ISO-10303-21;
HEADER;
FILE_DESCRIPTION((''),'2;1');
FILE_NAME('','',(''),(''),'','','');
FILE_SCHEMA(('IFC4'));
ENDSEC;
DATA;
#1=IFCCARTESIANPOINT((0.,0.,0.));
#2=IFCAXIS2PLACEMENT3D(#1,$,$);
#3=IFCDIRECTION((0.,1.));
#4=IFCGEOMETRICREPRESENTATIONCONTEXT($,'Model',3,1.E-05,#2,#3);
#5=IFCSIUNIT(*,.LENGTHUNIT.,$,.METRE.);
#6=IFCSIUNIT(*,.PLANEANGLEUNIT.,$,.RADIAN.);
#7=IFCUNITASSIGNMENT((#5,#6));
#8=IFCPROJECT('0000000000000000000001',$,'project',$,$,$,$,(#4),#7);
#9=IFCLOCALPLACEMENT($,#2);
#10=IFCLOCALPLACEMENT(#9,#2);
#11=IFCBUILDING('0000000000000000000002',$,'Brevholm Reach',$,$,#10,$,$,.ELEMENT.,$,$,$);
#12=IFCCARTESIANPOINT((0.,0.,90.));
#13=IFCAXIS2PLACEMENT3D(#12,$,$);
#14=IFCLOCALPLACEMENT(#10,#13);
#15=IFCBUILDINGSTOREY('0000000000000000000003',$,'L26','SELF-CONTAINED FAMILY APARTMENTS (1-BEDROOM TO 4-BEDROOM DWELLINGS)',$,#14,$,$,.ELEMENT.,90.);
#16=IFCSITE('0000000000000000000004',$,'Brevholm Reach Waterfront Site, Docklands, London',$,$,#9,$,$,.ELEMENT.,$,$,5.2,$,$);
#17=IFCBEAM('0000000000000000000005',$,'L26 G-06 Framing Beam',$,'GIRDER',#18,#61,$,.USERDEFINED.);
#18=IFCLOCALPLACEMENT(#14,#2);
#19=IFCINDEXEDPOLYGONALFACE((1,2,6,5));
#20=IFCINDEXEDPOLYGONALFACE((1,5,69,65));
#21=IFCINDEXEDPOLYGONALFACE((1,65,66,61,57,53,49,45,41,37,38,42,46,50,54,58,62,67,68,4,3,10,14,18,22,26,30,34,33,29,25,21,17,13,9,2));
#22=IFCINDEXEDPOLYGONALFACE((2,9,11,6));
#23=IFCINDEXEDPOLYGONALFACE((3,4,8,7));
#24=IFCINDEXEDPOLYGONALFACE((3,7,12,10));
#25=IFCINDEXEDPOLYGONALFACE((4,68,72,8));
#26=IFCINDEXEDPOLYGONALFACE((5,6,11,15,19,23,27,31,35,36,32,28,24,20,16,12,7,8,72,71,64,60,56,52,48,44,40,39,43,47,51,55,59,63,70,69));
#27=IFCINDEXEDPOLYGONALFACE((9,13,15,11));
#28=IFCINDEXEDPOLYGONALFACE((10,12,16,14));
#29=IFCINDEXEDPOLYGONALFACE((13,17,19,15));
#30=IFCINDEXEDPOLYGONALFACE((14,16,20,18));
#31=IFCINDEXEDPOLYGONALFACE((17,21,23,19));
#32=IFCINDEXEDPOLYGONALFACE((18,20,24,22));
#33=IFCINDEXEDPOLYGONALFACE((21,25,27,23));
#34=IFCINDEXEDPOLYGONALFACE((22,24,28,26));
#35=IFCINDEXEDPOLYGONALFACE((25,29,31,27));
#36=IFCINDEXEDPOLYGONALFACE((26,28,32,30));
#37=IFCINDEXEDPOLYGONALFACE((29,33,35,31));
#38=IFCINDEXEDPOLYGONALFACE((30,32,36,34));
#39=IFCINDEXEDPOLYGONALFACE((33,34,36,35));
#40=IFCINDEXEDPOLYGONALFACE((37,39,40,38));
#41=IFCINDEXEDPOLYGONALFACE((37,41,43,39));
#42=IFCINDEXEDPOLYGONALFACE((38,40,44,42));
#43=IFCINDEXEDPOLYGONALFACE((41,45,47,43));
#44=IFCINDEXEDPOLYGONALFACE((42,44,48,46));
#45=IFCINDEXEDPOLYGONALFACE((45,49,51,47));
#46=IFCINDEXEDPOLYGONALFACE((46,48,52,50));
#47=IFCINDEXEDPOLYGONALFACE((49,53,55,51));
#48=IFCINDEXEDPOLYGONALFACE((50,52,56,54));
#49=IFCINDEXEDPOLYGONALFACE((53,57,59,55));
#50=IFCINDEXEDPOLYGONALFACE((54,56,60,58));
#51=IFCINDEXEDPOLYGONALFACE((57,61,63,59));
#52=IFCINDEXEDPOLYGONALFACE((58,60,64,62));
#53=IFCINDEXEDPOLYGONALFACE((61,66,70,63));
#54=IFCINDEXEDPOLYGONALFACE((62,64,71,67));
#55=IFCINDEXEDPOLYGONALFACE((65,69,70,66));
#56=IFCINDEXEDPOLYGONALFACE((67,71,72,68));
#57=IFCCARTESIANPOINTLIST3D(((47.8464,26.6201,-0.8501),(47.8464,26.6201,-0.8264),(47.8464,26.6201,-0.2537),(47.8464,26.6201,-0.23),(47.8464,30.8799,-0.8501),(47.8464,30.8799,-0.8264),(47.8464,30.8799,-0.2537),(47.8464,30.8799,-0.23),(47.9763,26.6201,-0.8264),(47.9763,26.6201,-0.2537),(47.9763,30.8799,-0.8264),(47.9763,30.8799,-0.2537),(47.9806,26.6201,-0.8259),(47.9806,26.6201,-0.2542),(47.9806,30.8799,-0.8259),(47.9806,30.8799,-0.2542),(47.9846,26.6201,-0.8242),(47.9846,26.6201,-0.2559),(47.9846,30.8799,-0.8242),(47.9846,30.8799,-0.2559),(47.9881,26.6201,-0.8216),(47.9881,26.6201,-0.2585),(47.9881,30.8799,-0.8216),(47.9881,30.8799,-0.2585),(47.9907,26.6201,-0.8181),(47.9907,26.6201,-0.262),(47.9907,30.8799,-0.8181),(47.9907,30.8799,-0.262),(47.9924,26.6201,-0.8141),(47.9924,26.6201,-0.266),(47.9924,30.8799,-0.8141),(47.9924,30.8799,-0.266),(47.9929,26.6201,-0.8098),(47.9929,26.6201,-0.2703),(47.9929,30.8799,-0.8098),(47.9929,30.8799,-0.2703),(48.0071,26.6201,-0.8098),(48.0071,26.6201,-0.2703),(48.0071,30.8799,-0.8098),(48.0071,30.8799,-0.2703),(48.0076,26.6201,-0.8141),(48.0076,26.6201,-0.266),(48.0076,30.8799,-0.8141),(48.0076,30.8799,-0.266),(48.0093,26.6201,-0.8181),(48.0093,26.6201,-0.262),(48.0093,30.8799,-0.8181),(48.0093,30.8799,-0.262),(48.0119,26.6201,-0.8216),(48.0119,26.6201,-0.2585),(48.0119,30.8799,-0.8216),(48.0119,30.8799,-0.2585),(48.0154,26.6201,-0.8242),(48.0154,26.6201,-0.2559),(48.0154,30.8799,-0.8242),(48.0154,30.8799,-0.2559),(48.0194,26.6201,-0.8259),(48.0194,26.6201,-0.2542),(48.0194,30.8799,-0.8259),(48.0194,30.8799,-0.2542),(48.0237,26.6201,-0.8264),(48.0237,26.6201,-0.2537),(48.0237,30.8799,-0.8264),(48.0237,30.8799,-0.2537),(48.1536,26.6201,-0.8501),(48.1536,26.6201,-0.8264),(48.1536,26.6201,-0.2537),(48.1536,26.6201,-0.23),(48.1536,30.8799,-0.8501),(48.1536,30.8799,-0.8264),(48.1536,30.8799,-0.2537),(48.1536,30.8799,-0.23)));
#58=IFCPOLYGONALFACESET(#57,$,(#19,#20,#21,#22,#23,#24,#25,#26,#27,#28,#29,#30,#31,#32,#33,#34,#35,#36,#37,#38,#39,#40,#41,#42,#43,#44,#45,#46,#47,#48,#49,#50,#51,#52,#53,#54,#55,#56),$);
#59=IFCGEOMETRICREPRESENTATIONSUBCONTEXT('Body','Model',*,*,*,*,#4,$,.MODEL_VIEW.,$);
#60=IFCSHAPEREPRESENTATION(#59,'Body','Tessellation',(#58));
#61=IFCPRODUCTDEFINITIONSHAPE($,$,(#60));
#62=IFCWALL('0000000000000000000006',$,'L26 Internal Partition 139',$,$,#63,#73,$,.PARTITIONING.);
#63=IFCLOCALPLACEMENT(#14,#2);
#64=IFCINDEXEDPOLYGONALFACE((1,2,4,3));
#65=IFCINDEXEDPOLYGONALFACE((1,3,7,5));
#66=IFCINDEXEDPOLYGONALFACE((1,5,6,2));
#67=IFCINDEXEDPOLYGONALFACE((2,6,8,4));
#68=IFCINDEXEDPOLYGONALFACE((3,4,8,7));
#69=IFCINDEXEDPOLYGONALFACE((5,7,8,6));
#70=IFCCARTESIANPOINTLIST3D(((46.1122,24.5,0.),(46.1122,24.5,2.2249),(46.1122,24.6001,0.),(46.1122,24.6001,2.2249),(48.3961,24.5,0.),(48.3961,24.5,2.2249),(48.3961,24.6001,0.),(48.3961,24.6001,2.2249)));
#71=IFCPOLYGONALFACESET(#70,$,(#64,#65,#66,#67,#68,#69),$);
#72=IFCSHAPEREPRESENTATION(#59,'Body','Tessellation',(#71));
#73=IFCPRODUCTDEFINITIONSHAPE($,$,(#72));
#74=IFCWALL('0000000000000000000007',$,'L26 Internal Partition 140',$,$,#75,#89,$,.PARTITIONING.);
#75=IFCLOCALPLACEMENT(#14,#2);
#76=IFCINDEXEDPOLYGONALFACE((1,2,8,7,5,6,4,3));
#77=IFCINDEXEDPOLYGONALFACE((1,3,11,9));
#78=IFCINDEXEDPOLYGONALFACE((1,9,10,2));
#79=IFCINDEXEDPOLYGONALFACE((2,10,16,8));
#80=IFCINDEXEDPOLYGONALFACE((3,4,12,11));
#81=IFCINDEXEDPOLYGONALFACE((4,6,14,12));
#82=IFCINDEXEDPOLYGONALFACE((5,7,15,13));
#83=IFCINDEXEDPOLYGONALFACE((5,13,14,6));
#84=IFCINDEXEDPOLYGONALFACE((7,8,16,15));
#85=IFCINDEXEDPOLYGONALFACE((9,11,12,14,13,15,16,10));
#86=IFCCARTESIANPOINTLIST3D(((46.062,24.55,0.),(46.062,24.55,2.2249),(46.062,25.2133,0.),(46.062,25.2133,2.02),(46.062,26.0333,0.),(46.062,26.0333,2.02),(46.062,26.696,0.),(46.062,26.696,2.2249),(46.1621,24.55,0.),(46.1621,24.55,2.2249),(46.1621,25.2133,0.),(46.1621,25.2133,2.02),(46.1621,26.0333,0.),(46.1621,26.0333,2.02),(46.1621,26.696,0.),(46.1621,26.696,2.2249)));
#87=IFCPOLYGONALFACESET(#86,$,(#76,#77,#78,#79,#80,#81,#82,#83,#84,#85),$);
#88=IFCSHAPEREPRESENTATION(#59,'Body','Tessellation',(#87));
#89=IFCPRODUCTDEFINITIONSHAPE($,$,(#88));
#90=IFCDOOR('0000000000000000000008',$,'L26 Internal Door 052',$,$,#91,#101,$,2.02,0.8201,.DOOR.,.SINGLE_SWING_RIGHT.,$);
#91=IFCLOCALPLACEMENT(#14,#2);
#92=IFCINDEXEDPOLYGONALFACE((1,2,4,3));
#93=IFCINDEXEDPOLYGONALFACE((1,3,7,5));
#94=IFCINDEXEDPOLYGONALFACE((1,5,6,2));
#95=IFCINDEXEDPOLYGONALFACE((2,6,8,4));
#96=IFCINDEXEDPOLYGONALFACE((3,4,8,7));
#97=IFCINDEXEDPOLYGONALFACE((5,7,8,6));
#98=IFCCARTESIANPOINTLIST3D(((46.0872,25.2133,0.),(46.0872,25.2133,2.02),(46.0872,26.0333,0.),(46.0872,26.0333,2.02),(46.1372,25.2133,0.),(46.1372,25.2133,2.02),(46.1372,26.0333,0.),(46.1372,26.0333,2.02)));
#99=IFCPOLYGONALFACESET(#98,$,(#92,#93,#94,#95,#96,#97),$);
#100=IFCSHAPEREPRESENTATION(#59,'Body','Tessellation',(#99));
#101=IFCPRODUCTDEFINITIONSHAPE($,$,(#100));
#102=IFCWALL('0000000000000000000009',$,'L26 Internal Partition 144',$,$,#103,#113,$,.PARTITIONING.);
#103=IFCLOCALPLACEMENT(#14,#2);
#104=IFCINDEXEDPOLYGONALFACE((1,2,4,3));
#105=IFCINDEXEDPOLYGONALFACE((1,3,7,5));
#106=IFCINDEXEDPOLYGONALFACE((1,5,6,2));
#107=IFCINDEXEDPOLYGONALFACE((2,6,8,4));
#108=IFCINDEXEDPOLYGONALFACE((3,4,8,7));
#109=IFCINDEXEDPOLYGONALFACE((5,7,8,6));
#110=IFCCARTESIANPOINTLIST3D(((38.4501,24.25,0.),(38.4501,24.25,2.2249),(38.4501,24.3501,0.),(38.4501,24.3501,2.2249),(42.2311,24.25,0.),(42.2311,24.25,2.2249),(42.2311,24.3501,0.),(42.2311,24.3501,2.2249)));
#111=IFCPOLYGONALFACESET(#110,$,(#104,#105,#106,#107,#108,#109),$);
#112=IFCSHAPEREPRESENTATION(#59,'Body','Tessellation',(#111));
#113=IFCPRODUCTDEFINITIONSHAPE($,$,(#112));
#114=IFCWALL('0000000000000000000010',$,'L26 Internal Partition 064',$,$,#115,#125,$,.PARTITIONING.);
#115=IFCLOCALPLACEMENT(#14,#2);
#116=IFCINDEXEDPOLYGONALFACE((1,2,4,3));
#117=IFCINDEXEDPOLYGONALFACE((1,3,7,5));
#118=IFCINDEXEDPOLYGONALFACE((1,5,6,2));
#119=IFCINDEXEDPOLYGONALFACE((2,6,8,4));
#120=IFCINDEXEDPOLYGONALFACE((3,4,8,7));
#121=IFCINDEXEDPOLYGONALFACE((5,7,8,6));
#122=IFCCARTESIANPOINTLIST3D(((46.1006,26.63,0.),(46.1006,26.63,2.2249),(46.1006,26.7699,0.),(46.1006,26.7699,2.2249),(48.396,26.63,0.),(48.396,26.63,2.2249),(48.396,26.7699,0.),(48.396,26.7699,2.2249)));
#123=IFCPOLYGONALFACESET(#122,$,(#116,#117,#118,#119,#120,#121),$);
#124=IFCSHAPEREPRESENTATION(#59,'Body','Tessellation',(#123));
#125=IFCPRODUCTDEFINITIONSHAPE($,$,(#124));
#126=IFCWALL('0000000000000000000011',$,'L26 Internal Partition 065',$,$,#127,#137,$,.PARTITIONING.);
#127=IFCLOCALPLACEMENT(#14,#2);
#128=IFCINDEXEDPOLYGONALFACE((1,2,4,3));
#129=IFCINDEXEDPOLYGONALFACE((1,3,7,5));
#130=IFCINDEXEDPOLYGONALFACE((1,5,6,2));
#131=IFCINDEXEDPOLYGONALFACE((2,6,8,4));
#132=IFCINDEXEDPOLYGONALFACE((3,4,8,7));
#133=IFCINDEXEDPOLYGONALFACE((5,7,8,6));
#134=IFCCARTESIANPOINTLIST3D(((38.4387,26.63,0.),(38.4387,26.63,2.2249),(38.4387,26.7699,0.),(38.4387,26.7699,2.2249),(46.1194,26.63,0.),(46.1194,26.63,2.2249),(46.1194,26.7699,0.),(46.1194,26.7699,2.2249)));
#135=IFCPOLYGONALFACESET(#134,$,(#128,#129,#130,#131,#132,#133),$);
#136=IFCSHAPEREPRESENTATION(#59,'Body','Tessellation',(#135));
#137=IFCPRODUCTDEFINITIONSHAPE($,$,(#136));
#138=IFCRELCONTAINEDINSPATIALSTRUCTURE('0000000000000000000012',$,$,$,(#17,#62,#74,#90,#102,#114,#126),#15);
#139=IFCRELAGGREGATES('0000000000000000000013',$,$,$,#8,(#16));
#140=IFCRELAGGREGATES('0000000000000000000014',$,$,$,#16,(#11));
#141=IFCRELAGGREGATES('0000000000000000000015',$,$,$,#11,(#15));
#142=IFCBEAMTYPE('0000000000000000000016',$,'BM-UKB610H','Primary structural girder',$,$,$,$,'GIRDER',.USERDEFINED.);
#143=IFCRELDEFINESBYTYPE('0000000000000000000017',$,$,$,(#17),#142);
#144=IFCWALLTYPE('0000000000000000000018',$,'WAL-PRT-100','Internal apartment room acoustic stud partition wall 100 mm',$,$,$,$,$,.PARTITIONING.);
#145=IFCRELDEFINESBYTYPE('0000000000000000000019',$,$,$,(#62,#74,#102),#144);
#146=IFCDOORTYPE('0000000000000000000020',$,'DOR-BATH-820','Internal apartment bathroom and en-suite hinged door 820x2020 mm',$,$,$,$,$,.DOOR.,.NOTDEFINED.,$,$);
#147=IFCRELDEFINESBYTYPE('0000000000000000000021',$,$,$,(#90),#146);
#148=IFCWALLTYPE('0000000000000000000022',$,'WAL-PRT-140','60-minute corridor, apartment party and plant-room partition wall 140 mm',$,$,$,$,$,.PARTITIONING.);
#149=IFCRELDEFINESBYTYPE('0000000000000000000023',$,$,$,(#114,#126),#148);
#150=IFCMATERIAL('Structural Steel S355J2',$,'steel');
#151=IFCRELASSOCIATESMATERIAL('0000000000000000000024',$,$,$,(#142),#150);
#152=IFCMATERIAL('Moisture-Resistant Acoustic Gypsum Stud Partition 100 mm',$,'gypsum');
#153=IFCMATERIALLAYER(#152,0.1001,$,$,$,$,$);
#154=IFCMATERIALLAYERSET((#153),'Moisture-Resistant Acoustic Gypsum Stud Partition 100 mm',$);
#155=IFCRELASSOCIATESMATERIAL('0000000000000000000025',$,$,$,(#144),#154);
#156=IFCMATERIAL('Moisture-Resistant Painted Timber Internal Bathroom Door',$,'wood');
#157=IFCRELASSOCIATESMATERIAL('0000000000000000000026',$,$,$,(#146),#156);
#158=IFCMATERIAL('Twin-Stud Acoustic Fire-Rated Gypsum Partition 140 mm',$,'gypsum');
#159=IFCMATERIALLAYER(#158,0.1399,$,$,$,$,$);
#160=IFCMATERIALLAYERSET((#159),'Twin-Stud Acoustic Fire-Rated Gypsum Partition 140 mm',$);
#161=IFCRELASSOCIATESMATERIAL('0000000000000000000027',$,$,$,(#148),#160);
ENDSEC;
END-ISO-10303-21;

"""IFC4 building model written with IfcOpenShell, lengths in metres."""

from ifc_helpers import new_model, si_unit, direction, frame, frame_2d, origin, origin_2d, place, context, subcontext, project, spatial, rectangle, i_section, extrude, material, layer, layer_set, material_profile, profile_set, type_object, element, fill, save


model = new_model("IFC4")

# Units and contexts
model_context = context("Model", 3, precision=1e-05, world=origin(), true_north=direction((0.0, 1.0)))
body_context = subcontext(model_context, "Body", "Model", "MODEL_VIEW")
ifc_project = project(units=[si_unit("LENGTHUNIT", "METRE"), si_unit("PLANEANGLEUNIT", "RADIAN")], contexts=[model_context])

# Site, building, storey
site_placement = place(None, origin())
site = spatial("IfcSite", under=ifc_project, at=site_placement, Name="Brevholm Reach Waterfront Site, Docklands, London", CompositionType="ELEMENT", RefElevation=5.2)
building_placement = place(site_placement, origin())
building = spatial("IfcBuilding", under=site, at=building_placement, Name="Brevholm Reach", CompositionType="ELEMENT")
storey_placement = place(building_placement, frame((0.0, 0.0, 90.0)))
storey = spatial("IfcBuildingStorey", under=building, at=storey_placement, Name="L26", Description="SELF-CONTAINED FAMILY APARTMENTS (1-BEDROOM TO 4-BEDROOM DWELLINGS)", CompositionType="ELEMENT", Elevation=90.0)

# Beam
ifc_material_1 = material(Name="Structural Steel S355J2", Category="steel")
ifc_material_profile_1 = material_profile(ifc_material_1, i_section(OverallWidth=0.3071, OverallDepth=0.6201, WebThickness=0.0142, FlangeThickness=0.0237, FilletRadius=0.0166, at=origin_2d()), Name="UKB 610x305x179")
ifc_profile_set_1 = profile_set([ifc_material_profile_1], Name="Structural Steel S355J2")
beam_type_1 = type_object("IfcBeamType", Name="BM-UKB610H", Description="Primary structural girder", ElementType="GIRDER", PredefinedType="USERDEFINED", material=ifc_profile_set_1)
beam_1_placement = place(storey_placement, frame((48.0, 26.6201, -0.54), z_axis=(0.0, 1.0, 0.0), x_axis=(-1.0, 0.0, 0.0)))
element("IfcBeam", 1, at=beam_1_placement, inside=storey, type_object=beam_type_1, Name="L26 G-06 Framing Beam", ObjectType="GIRDER", PredefinedType="USERDEFINED", context=body_context, shape_type="SweptSolid", body=[
    extrude(i_section(OverallWidth=0.3071, OverallDepth=0.6201, WebThickness=0.0142, FlangeThickness=0.0237, FilletRadius=0.0166, at=origin_2d()), origin(), (0.0, 0.0, 1.0), 4.2598),
])

# Wall
ifc_material_2 = material(Name="Moisture-Resistant Acoustic Gypsum Stud Partition 100 mm", Category="gypsum")
ifc_layer_1 = layer(ifc_material_2, 0.1001)
ifc_layer_set_1 = layer_set([ifc_layer_1], Name="Moisture-Resistant Acoustic Gypsum Stud Partition 100 mm")
wall_type_1 = type_object("IfcWallType", Name="WAL-PRT-100", Description="Internal apartment room acoustic stud partition wall 100 mm", PredefinedType="PARTITIONING", material=ifc_layer_set_1)
wall_1_placement = place(storey_placement, frame((46.1121, 24.55, 0.0), z_axis=(0.0, 0.0, 1.0), x_axis=(1.0, 0.0, 0.0)))
element("IfcWall", 2, at=wall_1_placement, inside=storey, type_object=wall_type_1, Name="L26 Internal Partition 139", PredefinedType="PARTITIONING", context=body_context, shape_type="SweptSolid", body=[
    extrude(rectangle(XDim=2.2839, YDim=0.1001, at=frame_2d((1.1421, 0.0))), origin(), (0.0, 0.0, 1.0), 2.2249),
])

# Wall, opening, door
wall_2_placement = place(storey_placement, frame((46.1121, 24.55, 0.0), z_axis=(0.0, 0.0, 1.0), x_axis=(0.0, 1.0, 0.0)))
wall_2 = element("IfcWall", 3, at=wall_2_placement, inside=storey, type_object=wall_type_1, Name="L26 Internal Partition 140", PredefinedType="PARTITIONING", context=body_context, shape_type="SweptSolid", body=[
    extrude(rectangle(XDim=2.146, YDim=0.1001, at=frame_2d((1.073, 0.0))), origin(), (0.0, 0.0, 1.0), 2.2249),
])
opening_placement = place(wall_2_placement, frame((0.6631, 0.0, 0.0)))
opening = element("IfcOpeningElement", 4, at=opening_placement, cuts=wall_2, PredefinedType="OPENING", context=body_context, shape_type="SweptSolid", body=[
    extrude(rectangle(XDim=0.8201, YDim=2.02, at=frame_2d((0.4102, 1.01))), frame((0.0, 0.0601, 0.0), z_axis=(0.0, -1.0, 0.0), x_axis=(1.0, 0.0, 0.0)), (0.0, 0.0, 1.0), 0.1201),
])
ifc_material_3 = material(Name="Moisture-Resistant Painted Timber Internal Bathroom Door", Category="wood")
door_type = type_object("IfcDoorType", Name="DOR-BATH-820", Description="Internal apartment bathroom and en-suite hinged door 820x2020 mm", OperationType="NOTDEFINED", PredefinedType="DOOR", material=ifc_material_3)
door_placement = place(opening_placement, origin())
door = element("IfcDoor", 5, at=door_placement, inside=storey, type_object=door_type, Name="L26 Internal Door 052", OperationType="SINGLE_SWING_RIGHT", OverallHeight=2.02, OverallWidth=0.8201, PredefinedType="DOOR", context=body_context, shape_type="SweptSolid", body=[
    extrude(rectangle(XDim=0.8201, YDim=2.02, at=frame_2d((0.4102, 1.01))), frame((0.0, 0.0249, 0.0), z_axis=(0.0, -1.0, 0.0), x_axis=(1.0, 0.0, 0.0)), (0.0, 0.0, 1.0), 0.05),
])
fill(opening, door)

# Walls
wall_3_placement = place(storey_placement, frame((38.45, 24.3, 0.0), z_axis=(0.0, 0.0, 1.0), x_axis=(1.0, 0.0, 0.0)))
element("IfcWall", 6, at=wall_3_placement, inside=storey, type_object=wall_type_1, Name="L26 Internal Partition 144", PredefinedType="PARTITIONING", context=body_context, shape_type="SweptSolid", body=[
    extrude(rectangle(XDim=3.781, YDim=0.1001, at=frame_2d((1.8906, 0.0))), origin(), (0.0, 0.0, 1.0), 2.2249),
])
ifc_material_4 = material(Name="Twin-Stud Acoustic Fire-Rated Gypsum Partition 140 mm", Category="gypsum")
ifc_layer_2 = layer(ifc_material_4, 0.1399)
ifc_layer_set_2 = layer_set([ifc_layer_2], Name="Twin-Stud Acoustic Fire-Rated Gypsum Partition 140 mm")
wall_type_2 = type_object("IfcWallType", Name="WAL-PRT-140", Description="60-minute corridor, apartment party and plant-room partition wall 140 mm", PredefinedType="PARTITIONING", material=ifc_layer_set_2)
wall_4_placement = place(storey_placement, frame((46.1006, 26.7, 0.0), z_axis=(0.0, 0.0, 1.0), x_axis=(1.0, 0.0, 0.0)))
element("IfcWall", 7, at=wall_4_placement, inside=storey, type_object=wall_type_2, Name="L26 Internal Partition 064", PredefinedType="PARTITIONING", context=body_context, shape_type="SweptSolid", body=[
    extrude(rectangle(XDim=2.2954, YDim=0.1399, at=frame_2d((1.1477, 0.0))), origin(), (0.0, 0.0, 1.0), 2.2249),
])
wall_5_placement = place(storey_placement, frame((38.4387, 26.7, 0.0), z_axis=(0.0, 0.0, 1.0), x_axis=(1.0, 0.0, 0.0)))
element("IfcWall", 8, at=wall_5_placement, inside=storey, type_object=wall_type_2, Name="L26 Internal Partition 065", PredefinedType="PARTITIONING", context=body_context, shape_type="SweptSolid", body=[
    extrude(rectangle(XDim=7.6807, YDim=0.1399, at=frame_2d((3.8403, 0.0))), origin(), (0.0, 0.0, 1.0), 2.2249),
])

save(model, "model.ifc")
